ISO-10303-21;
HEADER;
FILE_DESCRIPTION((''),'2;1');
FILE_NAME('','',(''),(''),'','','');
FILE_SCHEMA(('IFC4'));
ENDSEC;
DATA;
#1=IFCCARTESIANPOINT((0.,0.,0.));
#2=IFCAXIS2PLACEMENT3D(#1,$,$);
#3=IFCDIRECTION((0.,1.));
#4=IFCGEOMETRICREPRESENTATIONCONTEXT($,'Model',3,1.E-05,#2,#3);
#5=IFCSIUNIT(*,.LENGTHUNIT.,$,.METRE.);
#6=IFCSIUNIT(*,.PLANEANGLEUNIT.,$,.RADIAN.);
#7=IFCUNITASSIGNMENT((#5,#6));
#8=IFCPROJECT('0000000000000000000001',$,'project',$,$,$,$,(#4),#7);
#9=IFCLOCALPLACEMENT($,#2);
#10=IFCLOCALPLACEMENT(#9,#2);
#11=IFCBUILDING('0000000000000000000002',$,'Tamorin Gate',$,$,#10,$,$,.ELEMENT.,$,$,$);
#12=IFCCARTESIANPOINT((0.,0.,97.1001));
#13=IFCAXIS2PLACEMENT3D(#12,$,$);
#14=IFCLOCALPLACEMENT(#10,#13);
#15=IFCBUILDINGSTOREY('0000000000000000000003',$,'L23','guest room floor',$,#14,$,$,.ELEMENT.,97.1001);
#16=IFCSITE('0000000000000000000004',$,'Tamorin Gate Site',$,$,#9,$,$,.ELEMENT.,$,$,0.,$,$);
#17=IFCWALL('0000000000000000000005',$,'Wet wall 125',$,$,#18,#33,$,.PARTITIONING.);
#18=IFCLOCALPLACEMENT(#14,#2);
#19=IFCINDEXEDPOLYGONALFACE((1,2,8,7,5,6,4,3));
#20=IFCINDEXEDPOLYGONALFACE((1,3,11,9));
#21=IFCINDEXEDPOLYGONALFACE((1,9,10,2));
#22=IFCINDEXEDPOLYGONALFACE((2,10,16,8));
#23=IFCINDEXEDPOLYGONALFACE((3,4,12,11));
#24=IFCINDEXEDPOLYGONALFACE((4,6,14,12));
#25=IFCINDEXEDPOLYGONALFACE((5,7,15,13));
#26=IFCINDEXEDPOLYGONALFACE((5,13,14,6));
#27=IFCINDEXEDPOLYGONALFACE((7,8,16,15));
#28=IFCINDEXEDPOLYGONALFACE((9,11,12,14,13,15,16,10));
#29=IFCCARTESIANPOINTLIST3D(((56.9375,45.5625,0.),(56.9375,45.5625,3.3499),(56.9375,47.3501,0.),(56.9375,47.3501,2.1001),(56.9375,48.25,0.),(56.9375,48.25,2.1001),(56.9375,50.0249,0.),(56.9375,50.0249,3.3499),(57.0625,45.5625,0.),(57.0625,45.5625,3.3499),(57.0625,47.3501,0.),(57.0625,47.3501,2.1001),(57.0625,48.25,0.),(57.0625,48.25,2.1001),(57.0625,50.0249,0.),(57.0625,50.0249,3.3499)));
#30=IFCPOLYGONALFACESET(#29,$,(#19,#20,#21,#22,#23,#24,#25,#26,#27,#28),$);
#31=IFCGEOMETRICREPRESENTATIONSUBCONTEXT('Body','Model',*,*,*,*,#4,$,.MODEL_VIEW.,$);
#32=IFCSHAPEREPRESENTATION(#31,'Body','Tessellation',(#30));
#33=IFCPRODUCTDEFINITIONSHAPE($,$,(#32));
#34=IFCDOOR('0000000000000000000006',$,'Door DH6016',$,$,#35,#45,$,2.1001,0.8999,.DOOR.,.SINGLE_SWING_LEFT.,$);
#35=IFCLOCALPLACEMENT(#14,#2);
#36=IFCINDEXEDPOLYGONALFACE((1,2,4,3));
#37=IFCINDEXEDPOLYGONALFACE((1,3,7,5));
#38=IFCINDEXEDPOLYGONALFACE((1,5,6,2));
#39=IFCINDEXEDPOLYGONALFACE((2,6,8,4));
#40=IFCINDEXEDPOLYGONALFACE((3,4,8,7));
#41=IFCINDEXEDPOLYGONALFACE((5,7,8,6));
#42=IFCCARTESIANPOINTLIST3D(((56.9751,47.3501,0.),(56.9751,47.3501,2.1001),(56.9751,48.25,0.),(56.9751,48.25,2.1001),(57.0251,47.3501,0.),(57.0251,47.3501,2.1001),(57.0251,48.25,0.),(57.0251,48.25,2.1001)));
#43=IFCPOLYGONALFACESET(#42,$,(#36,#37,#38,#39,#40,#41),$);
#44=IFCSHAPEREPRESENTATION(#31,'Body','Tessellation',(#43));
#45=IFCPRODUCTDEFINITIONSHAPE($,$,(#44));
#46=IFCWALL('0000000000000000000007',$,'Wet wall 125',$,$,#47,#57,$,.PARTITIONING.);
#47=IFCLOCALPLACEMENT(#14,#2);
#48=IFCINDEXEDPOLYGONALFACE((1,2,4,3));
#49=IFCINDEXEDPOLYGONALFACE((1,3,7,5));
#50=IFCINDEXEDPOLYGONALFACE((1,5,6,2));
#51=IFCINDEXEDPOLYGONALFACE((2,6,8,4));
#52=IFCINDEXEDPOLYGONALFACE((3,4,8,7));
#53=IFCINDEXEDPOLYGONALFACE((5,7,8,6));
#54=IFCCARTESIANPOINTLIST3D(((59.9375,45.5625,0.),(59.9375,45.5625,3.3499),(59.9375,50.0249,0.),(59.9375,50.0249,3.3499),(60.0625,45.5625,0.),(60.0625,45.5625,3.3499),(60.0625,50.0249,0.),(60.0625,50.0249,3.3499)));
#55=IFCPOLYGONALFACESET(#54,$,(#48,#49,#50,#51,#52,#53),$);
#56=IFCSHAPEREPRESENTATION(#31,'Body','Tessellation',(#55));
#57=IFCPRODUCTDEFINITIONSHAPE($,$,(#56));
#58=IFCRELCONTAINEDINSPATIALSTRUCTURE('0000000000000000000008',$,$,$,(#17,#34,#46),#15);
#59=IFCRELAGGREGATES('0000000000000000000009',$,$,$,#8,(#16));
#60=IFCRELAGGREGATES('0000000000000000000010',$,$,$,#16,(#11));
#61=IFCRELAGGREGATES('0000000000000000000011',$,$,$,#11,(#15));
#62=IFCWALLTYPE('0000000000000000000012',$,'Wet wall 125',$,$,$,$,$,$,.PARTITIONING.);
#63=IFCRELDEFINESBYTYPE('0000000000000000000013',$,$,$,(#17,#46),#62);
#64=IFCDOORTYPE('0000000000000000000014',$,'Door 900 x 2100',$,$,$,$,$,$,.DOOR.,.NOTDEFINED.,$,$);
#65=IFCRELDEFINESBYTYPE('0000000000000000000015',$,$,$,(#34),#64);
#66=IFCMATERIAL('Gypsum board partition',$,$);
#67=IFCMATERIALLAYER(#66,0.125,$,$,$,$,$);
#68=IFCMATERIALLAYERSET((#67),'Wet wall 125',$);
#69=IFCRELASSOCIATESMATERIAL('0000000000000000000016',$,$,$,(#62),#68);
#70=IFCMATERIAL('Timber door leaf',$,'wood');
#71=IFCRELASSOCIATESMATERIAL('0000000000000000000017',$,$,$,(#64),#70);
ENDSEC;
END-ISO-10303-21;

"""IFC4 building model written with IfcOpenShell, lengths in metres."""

from ifc_helpers import new_model, si_unit, direction, frame, frame_2d, origin, place, context, subcontext, project, spatial, rectangle, extrude, material, layer, layer_set, type_object, element, fill, save


model = new_model("IFC4")

# Units and contexts
model_context = context("Model", 3, precision=1e-05, world=origin(), true_north=direction((0.0, 1.0)))
body_context = subcontext(model_context, "Body", "Model", "MODEL_VIEW")
ifc_project = project(units=[si_unit("LENGTHUNIT", "METRE"), si_unit("PLANEANGLEUNIT", "RADIAN")], contexts=[model_context])

# Site, building, storey
site_placement = place(None, origin())
site = spatial("IfcSite", under=ifc_project, at=site_placement, Name="Tamorin Gate Site", CompositionType="ELEMENT", RefElevation=0.0)
building_placement = place(site_placement, origin())
building = spatial("IfcBuilding", under=site, at=building_placement, Name="Tamorin Gate", CompositionType="ELEMENT")
storey_placement = place(building_placement, frame((0.0, 0.0, 97.1001)))
storey = spatial("IfcBuildingStorey", under=building, at=storey_placement, Name="L23", Description="guest room floor", CompositionType="ELEMENT", Elevation=97.1001)

# Shared definitions
ifc_material_1 = material(Name="Gypsum board partition")
ifc_material_2 = material(Name="Timber door leaf", Category="wood")

# Wall, opening, door
ifc_layer_1 = layer(ifc_material_1, 0.125)
ifc_layer_set_1 = layer_set([ifc_layer_1], Name="Wet wall 125")
wall_type_1 = type_object("IfcWallType", Name="Wet wall 125", PredefinedType="PARTITIONING", material=ifc_layer_set_1)
wall_1_placement = place(storey_placement, frame((57.0, 45.5625, 0.0), z_axis=(0.0, 0.0, 1.0), x_axis=(0.0, 1.0, 0.0)))
wall_1 = element("IfcWall", 1, at=wall_1_placement, inside=storey, type_object=wall_type_1, Name="Wet wall 125", PredefinedType="PARTITIONING", context=body_context, shape_type="SweptSolid", body=[
    extrude(rectangle(XDim=4.4624, YDim=0.125, at=frame_2d((2.2312, 0.0))), origin(), (0.0, 0.0, 1.0), 3.3499),
])
opening_1_placement = place(wall_1_placement, frame((1.7876, 0.0, 0.0)))
opening_1 = element("IfcOpeningElement", 2, at=opening_1_placement, cuts=wall_1, PredefinedType="OPENING", context=body_context, shape_type="SweptSolid", body=[
    extrude(rectangle(XDim=0.8999, YDim=2.1001, at=frame_2d((0.45, 1.05))), frame((0.0, 0.0725, 0.0), z_axis=(0.0, -1.0, 0.0), x_axis=(1.0, 0.0, 0.0)), (0.0, 0.0, 1.0), 0.145),
])
door_type_1 = type_object("IfcDoorType", Name="Door 900 x 2100", OperationType="NOTDEFINED", PredefinedType="DOOR", material=ifc_material_2)
door_1_placement = place(opening_1_placement, origin())
door_1 = element("IfcDoor", 3, at=door_1_placement, inside=storey, type_object=door_type_1, Name="Door DH6016", OperationType="SINGLE_SWING_LEFT", OverallHeight=2.1001, OverallWidth=0.8999, PredefinedType="DOOR", context=body_context, shape_type="SweptSolid", body=[
    extrude(rectangle(XDim=0.8999, YDim=2.1001, at=frame_2d((0.45, 1.05))), frame((0.0, 0.0249, 0.0), z_axis=(0.0, -1.0, 0.0), x_axis=(1.0, 0.0, 0.0)), (0.0, 0.0, 1.0), 0.05),
])
fill(opening_1, door_1)

# Wall
wall_2_placement = place(storey_placement, frame((60.0, 45.5625, 0.0), z_axis=(0.0, 0.0, 1.0), x_axis=(0.0, 1.0, 0.0)))
element("IfcWall", 4, at=wall_2_placement, inside=storey, type_object=wall_type_1, Name="Wet wall 125", PredefinedType="PARTITIONING", context=body_context, shape_type="SweptSolid", body=[
    extrude(rectangle(XDim=4.4624, YDim=0.125, at=frame_2d((2.2312, 0.0))), origin(), (0.0, 0.0, 1.0), 3.3499),
])

save(model, "model.ifc")
